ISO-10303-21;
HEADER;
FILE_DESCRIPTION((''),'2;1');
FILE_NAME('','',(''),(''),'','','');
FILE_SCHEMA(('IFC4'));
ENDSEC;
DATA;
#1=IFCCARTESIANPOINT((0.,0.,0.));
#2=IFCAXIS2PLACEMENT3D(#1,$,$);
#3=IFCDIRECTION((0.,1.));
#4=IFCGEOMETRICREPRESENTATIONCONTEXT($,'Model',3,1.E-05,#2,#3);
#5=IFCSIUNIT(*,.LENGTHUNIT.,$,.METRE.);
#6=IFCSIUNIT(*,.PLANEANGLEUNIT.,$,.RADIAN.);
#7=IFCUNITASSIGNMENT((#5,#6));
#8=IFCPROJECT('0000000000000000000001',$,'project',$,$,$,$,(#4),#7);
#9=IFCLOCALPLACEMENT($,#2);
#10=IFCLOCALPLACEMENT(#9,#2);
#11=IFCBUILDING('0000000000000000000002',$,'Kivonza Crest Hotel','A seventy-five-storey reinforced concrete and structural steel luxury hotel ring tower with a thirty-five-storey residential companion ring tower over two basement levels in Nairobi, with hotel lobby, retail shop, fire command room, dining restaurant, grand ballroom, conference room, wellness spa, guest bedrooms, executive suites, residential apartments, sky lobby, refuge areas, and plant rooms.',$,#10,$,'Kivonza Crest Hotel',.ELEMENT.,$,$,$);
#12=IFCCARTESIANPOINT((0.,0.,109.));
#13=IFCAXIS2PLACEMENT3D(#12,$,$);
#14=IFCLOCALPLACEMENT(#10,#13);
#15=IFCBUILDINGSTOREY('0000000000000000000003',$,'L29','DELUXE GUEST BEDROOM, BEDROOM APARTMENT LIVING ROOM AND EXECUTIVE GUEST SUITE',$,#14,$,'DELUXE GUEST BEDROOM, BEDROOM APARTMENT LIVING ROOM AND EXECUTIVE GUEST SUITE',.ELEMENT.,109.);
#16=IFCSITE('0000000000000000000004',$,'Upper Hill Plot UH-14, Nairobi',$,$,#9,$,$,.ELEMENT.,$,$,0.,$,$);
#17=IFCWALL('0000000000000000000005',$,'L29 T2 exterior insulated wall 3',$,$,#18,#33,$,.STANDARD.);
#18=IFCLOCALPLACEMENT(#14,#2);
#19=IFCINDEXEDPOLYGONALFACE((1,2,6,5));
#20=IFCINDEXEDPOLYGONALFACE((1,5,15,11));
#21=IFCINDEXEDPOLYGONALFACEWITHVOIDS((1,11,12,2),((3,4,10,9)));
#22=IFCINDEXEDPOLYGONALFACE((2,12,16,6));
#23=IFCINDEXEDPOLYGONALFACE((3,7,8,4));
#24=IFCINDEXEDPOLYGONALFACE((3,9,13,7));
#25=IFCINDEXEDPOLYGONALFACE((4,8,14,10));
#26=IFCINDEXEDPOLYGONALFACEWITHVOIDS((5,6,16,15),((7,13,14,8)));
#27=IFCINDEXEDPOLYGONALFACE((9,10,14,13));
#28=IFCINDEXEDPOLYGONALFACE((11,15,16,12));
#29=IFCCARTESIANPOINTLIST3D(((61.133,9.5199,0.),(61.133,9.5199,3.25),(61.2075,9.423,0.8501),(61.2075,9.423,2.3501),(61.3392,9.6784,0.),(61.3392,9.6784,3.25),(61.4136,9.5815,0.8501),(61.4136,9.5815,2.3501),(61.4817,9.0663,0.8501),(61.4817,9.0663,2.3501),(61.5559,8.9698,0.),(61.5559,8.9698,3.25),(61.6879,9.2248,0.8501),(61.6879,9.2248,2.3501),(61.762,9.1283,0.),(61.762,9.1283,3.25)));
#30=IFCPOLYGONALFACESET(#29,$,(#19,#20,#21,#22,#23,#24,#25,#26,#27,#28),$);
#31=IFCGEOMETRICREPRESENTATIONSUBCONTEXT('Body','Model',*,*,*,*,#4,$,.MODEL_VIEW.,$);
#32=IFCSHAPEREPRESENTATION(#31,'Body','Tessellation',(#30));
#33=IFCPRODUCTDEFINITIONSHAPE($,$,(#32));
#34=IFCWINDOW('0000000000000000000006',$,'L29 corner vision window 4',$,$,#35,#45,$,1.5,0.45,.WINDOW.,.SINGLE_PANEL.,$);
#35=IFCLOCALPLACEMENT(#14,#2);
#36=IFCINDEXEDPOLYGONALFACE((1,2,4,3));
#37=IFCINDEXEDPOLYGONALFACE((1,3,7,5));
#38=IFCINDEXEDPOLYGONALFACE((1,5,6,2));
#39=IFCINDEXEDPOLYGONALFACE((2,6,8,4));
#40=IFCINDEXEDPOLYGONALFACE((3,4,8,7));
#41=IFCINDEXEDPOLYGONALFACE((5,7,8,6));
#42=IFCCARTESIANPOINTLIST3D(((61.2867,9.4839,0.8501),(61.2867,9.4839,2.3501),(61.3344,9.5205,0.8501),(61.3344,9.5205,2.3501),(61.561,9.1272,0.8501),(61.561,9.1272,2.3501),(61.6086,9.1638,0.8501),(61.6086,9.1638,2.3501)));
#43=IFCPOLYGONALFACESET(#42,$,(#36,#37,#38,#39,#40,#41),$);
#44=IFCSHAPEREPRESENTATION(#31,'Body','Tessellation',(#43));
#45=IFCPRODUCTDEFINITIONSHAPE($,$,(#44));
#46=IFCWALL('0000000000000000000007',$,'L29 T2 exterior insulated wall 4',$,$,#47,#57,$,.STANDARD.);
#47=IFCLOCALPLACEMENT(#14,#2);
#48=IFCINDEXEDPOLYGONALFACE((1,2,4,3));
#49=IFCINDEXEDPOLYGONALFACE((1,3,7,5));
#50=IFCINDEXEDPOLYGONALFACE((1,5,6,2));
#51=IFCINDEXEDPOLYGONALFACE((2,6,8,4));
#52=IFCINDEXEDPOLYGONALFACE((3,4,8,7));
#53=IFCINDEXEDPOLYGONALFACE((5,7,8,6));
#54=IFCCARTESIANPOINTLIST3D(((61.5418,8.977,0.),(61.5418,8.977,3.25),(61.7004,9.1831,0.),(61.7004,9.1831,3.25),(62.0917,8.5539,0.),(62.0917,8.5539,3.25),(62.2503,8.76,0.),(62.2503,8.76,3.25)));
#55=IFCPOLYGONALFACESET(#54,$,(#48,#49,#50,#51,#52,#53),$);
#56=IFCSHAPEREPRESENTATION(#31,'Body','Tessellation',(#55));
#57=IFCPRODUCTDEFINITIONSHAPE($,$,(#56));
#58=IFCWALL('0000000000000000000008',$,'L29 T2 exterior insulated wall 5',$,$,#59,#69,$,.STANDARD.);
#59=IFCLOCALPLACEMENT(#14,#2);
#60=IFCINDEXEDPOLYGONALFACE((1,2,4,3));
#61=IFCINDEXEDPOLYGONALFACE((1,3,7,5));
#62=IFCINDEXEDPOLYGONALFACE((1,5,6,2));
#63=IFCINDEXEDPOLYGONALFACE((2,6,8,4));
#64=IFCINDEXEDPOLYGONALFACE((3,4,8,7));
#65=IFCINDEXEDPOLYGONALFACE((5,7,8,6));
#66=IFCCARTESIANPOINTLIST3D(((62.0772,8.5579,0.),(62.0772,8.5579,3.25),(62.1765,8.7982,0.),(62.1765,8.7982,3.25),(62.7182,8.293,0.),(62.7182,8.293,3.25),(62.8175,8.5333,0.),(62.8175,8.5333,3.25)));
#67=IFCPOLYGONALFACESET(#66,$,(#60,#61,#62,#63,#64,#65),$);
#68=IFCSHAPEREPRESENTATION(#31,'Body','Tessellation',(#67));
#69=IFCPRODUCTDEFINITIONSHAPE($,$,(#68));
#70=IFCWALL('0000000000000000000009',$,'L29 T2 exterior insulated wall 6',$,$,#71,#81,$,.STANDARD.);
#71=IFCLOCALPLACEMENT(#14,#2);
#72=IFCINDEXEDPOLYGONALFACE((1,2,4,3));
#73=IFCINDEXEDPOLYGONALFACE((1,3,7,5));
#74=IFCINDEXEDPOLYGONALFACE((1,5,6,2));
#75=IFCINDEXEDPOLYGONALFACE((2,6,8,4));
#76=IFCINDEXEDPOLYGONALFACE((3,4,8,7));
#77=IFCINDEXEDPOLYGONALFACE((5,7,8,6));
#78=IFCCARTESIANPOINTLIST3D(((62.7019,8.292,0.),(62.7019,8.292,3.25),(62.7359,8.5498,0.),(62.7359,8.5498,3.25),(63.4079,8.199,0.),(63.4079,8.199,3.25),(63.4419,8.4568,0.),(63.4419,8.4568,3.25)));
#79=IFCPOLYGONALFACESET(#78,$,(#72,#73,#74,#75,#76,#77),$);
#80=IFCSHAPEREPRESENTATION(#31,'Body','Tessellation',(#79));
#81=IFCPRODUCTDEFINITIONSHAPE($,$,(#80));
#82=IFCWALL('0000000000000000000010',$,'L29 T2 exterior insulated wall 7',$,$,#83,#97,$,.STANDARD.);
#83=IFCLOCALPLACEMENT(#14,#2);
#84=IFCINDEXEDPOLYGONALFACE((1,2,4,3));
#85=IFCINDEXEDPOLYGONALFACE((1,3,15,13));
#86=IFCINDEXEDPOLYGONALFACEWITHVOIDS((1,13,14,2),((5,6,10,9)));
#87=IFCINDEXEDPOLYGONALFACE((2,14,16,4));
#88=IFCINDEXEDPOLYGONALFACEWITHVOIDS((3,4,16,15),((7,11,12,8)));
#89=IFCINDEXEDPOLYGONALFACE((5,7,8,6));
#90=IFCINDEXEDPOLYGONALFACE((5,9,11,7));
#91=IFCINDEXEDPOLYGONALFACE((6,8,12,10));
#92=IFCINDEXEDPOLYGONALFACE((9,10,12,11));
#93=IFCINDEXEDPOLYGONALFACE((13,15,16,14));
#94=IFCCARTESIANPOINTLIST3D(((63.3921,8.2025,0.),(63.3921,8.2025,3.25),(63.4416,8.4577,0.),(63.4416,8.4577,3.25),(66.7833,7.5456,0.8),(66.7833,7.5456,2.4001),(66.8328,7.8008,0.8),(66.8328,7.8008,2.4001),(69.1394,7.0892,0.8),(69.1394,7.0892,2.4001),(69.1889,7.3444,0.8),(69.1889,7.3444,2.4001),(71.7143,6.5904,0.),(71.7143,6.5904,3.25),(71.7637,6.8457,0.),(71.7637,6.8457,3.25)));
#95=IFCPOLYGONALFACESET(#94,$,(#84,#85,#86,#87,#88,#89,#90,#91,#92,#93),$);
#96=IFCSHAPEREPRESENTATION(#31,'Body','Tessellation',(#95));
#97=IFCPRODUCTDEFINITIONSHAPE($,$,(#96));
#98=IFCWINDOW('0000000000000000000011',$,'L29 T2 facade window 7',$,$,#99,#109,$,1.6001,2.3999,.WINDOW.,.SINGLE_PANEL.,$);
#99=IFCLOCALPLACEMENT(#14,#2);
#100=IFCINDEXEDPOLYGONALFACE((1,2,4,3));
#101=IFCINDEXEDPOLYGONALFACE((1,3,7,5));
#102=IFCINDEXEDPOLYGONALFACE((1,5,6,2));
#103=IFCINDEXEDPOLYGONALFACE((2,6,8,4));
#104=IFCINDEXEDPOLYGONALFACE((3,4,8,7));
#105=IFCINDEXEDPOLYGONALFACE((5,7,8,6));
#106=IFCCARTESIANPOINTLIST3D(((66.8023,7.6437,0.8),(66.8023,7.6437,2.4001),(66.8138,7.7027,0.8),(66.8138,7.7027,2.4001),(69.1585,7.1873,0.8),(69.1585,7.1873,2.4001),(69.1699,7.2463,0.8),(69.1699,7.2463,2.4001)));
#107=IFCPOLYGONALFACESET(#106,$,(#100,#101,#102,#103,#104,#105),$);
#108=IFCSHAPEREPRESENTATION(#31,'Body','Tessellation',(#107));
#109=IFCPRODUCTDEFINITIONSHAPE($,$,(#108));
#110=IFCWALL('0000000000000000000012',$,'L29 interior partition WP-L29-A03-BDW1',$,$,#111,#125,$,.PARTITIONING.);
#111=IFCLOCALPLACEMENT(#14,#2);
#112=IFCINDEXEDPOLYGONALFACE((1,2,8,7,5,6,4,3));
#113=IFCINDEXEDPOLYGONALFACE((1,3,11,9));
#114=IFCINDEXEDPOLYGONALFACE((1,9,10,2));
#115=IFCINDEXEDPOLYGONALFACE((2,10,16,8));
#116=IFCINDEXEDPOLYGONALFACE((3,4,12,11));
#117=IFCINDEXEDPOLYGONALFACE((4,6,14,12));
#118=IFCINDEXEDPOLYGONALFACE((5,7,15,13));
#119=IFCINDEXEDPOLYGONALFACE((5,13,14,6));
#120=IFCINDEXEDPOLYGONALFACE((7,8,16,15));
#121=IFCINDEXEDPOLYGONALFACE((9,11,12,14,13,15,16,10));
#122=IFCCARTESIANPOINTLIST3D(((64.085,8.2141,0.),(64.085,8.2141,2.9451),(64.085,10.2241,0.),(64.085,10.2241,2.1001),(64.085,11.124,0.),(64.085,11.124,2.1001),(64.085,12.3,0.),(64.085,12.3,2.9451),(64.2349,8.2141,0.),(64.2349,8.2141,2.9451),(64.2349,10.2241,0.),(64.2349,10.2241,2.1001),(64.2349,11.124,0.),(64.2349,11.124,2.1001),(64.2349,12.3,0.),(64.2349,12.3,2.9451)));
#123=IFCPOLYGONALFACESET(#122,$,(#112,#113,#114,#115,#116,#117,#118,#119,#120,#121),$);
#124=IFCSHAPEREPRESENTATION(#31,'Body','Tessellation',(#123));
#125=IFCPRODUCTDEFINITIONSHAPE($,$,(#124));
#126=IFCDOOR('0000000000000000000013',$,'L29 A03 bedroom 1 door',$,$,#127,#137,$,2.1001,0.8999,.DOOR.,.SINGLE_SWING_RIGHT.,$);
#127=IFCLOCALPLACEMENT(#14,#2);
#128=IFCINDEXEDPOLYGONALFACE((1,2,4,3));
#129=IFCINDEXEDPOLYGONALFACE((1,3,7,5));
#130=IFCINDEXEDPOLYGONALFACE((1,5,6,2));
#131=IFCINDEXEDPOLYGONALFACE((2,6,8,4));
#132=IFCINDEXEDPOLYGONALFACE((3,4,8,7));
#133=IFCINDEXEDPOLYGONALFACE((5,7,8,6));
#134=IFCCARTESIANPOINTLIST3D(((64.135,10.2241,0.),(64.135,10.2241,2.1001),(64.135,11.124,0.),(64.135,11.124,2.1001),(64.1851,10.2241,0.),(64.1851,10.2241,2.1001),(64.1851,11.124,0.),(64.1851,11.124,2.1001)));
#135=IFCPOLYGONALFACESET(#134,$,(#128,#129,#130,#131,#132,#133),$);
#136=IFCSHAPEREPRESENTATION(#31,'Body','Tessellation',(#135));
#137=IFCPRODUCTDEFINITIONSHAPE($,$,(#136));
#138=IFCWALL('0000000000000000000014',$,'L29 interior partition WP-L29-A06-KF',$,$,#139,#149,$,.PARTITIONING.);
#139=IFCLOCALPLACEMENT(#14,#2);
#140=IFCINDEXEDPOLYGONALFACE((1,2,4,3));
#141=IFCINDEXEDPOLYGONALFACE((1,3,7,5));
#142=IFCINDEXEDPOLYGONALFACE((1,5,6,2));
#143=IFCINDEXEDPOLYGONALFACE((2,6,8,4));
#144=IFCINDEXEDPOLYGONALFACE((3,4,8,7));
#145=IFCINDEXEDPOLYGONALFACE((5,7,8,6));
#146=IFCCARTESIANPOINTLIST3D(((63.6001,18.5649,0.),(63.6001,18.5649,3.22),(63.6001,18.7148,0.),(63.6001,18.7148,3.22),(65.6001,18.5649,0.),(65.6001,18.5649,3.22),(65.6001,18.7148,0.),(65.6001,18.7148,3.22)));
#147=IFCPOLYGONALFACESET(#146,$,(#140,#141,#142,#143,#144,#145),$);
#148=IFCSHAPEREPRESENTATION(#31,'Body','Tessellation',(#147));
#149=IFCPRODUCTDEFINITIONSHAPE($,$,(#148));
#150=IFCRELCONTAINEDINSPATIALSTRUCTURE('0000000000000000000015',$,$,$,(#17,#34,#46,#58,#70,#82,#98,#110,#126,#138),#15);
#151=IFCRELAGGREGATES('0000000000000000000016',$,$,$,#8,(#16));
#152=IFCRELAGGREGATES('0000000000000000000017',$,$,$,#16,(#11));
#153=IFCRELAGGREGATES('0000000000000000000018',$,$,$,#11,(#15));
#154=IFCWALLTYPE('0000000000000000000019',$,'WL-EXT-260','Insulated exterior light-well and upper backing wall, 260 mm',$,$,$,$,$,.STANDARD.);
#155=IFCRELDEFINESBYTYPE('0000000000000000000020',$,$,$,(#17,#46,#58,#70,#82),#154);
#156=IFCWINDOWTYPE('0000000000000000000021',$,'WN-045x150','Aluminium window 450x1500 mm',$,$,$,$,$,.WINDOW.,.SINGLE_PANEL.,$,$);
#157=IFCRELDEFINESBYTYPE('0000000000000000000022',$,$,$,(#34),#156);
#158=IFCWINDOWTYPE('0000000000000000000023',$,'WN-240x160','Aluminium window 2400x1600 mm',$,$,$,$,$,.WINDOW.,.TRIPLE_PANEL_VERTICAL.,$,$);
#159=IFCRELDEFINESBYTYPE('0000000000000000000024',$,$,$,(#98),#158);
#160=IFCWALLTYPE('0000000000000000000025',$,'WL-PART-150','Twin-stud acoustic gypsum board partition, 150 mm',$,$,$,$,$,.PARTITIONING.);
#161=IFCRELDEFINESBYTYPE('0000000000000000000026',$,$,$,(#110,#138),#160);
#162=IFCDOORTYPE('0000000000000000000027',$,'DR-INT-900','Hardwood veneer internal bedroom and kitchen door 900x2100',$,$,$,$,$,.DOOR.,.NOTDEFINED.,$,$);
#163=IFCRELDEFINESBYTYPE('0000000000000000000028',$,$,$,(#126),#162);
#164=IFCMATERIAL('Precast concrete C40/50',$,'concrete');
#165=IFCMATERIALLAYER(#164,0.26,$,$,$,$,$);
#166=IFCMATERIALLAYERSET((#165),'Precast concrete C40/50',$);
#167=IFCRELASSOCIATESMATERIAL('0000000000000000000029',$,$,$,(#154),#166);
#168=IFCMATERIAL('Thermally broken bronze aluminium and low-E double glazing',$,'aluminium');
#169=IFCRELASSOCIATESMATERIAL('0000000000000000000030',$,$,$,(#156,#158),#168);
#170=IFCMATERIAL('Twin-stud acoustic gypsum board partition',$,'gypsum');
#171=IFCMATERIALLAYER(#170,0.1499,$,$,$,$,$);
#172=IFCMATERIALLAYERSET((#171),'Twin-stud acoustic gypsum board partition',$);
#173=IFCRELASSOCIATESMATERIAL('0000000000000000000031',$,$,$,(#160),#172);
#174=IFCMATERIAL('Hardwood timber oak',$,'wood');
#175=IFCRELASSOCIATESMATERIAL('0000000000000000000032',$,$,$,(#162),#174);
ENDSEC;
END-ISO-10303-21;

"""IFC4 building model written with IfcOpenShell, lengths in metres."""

from ifc_helpers import new_model, si_unit, direction, frame, frame_2d, origin, place, context, subcontext, project, spatial, rectangle, extrude, material, layer, layer_set, type_object, element, fill, save


model = new_model("IFC4")

# Units and contexts
model_context = context("Model", 3, precision=1e-05, world=origin(), true_north=direction((0.0, 1.0)))
body_context = subcontext(model_context, "Body", "Model", "MODEL_VIEW")
ifc_project = project(units=[si_unit("LENGTHUNIT", "METRE"), si_unit("PLANEANGLEUNIT", "RADIAN")], contexts=[model_context])

# Site, building, storey
site_placement = place(None, origin())
site = spatial("IfcSite", under=ifc_project, at=site_placement, Name="Upper Hill Plot UH-14, Nairobi", CompositionType="ELEMENT", RefElevation=0.0)
building_placement = place(site_placement, origin())
building = spatial("IfcBuilding", under=site, at=building_placement, Name="Kivonza Crest Hotel", Description="A seventy-five-storey reinforced concrete and structural steel luxury hotel ring tower with a thirty-five-storey residential companion ring tower over two basement levels in Nairobi, with hotel lobby, retail shop, fire command room, dining restaurant, grand ballroom, conference room, wellness spa, guest bedrooms, executive suites, residential apartments, sky lobby, refuge areas, and plant rooms.", LongName="Kivonza Crest Hotel", CompositionType="ELEMENT")
storey_placement = place(building_placement, frame((0.0, 0.0, 109.0)))
storey = spatial("IfcBuildingStorey", under=building, at=storey_placement, Name="L29", Description="DELUXE GUEST BEDROOM, BEDROOM APARTMENT LIVING ROOM AND EXECUTIVE GUEST SUITE", LongName="DELUXE GUEST BEDROOM, BEDROOM APARTMENT LIVING ROOM AND EXECUTIVE GUEST SUITE", CompositionType="ELEMENT", Elevation=109.0)

# Shared definitions
ifc_material_1 = material(Name="Precast concrete C40/50", Category="concrete")
ifc_layer_1 = layer(ifc_material_1, 0.26)
ifc_layer_set_1 = layer_set([ifc_layer_1], Name="Precast concrete C40/50")
wall_type_1 = type_object("IfcWallType", Name="WL-EXT-260", Description="Insulated exterior light-well and upper backing wall, 260 mm", PredefinedType="STANDARD", material=ifc_layer_set_1)

# Wall, opening, window
wall_1_placement = place(storey_placement, frame((61.2361, 9.5991, 0.0), z_axis=(0.0, 0.0, 1.0), x_axis=(0.609473, -0.792807, 0.0)))
wall_1 = element("IfcWall", 1, at=wall_1_placement, inside=storey, type_object=wall_type_1, Name="L29 T2 exterior insulated wall 3", PredefinedType="STANDARD", context=body_context, shape_type="SweptSolid", body=[
    extrude(rectangle(XDim=0.6938, YDim=0.26, at=frame_2d((0.3469, 0.0))), origin(), (0.0, 0.0, 1.0), 3.25),
])
opening_1_placement = place(wall_1_placement, frame((0.1221, 0.0, 0.8501)))
opening_1 = element("IfcOpeningElement", 2, at=opening_1_placement, cuts=wall_1, PredefinedType="OPENING", context=body_context, shape_type="SweptSolid", body=[
    extrude(rectangle(XDim=0.45, YDim=1.5, at=frame_2d((0.2251, 0.75))), frame((0.0, 0.1401, 0.0), z_axis=(0.0, -1.0, 0.0), x_axis=(1.0, 0.0, 0.0)), (0.0, 0.0, 1.0), 0.28),
])
ifc_material_2 = material(Name="Thermally broken bronze aluminium and low-E double glazing", Category="aluminium")
window_type_1 = type_object("IfcWindowType", Name="WN-045x150", Description="Aluminium window 450x1500 mm", PartitioningType="SINGLE_PANEL", PredefinedType="WINDOW", material=ifc_material_2)
window_1_placement = place(opening_1_placement, origin())
window_1 = element("IfcWindow", 3, at=window_1_placement, inside=storey, type_object=window_type_1, Name="L29 corner vision window 4", OverallHeight=1.5, OverallWidth=0.45, PartitioningType="SINGLE_PANEL", PredefinedType="WINDOW", context=body_context, shape_type="SweptSolid", body=[
    extrude(rectangle(XDim=0.45, YDim=1.5, at=frame_2d((0.2251, 0.75))), frame((0.0, 0.03, 0.0), z_axis=(0.0, -1.0, 0.0), x_axis=(1.0, 0.0, 0.0)), (0.0, 0.0, 1.0), 0.0601),
])
fill(opening_1, window_1)

# Walls
wall_2_placement = place(storey_placement, frame((61.6211, 9.0801, 0.0), z_axis=(0.0, 0.0, 1.0), x_axis=(0.792506, -0.609864, 0.0)))
element("IfcWall", 4, at=wall_2_placement, inside=storey, type_object=wall_type_1, Name="L29 T2 exterior insulated wall 4", PredefinedType="STANDARD", context=body_context, shape_type="SweptSolid", body=[
    extrude(rectangle(XDim=0.6938, YDim=0.26, at=frame_2d((0.3469, 0.0))), origin(), (0.0, 0.0, 1.0), 3.25),
])
wall_3_placement = place(storey_placement, frame((62.127, 8.678, 0.0), z_axis=(0.0, 0.0, 1.0), x_axis=(0.924218, -0.381865, 0.0)))
element("IfcWall", 5, at=wall_3_placement, inside=storey, type_object=wall_type_1, Name="L29 T2 exterior insulated wall 5", PredefinedType="STANDARD", context=body_context, shape_type="SweptSolid", body=[
    extrude(rectangle(XDim=0.6936, YDim=0.26, at=frame_2d((0.3467, 0.0))), origin(), (0.0, 0.0, 1.0), 3.25),
])
wall_4_placement = place(storey_placement, frame((62.719, 8.4209, 0.0), z_axis=(0.0, 0.0, 1.0), x_axis=(0.991433, -0.130614, 0.0)))
element("IfcWall", 6, at=wall_4_placement, inside=storey, type_object=wall_type_1, Name="L29 T2 exterior insulated wall 6", PredefinedType="STANDARD", context=body_context, shape_type="SweptSolid", body=[
    extrude(rectangle(XDim=0.7122, YDim=0.26, at=frame_2d((0.356, 0.0))), origin(), (0.0, 0.0, 1.0), 3.25),
])

# Wall, opening, window
wall_5_placement = place(storey_placement, frame((63.417, 8.3301, 0.0), z_axis=(0.0, 0.0, 1.0), x_axis=(0.98175, -0.190175, 0.0)))
wall_5 = element("IfcWall", 7, at=wall_5_placement, inside=storey, type_object=wall_type_1, Name="L29 T2 exterior insulated wall 7", PredefinedType="STANDARD", context=body_context, shape_type="SweptSolid", body=[
    extrude(rectangle(XDim=8.4768, YDim=0.26, at=frame_2d((4.2383, 0.0))), origin(), (0.0, 0.0, 1.0), 3.25),
])
opening_2_placement = place(wall_5_placement, frame((3.4541, 0.0, 0.8)))
opening_2 = element("IfcOpeningElement", 8, at=opening_2_placement, cuts=wall_5, PredefinedType="OPENING", context=body_context, shape_type="SweptSolid", body=[
    extrude(rectangle(XDim=2.3999, YDim=1.6001, at=frame_2d((1.2, 0.8))), frame((0.0, 0.1401, 0.0), z_axis=(0.0, -1.0, 0.0), x_axis=(1.0, 0.0, 0.0)), (0.0, 0.0, 1.0), 0.28),
])
window_type_2 = type_object("IfcWindowType", Name="WN-240x160", Description="Aluminium window 2400x1600 mm", PartitioningType="TRIPLE_PANEL_VERTICAL", PredefinedType="WINDOW", material=ifc_material_2)
window_2_placement = place(opening_2_placement, origin())
window_2 = element("IfcWindow", 9, at=window_2_placement, inside=storey, type_object=window_type_2, Name="L29 T2 facade window 7", OverallHeight=1.6001, OverallWidth=2.3999, PartitioningType="SINGLE_PANEL", PredefinedType="WINDOW", context=body_context, shape_type="SweptSolid", body=[
    extrude(rectangle(XDim=2.3999, YDim=1.6001, at=frame_2d((1.2, 0.8))), frame((0.0, 0.03, 0.0), z_axis=(0.0, -1.0, 0.0), x_axis=(1.0, 0.0, 0.0)), (0.0, 0.0, 1.0), 0.0601),
])
fill(opening_2, window_2)

# Wall, opening, door
ifc_material_3 = material(Name="Twin-stud acoustic gypsum board partition", Category="gypsum")
ifc_layer_2 = layer(ifc_material_3, 0.1499)
ifc_layer_set_2 = layer_set([ifc_layer_2], Name="Twin-stud acoustic gypsum board partition")
wall_type_2 = type_object("IfcWallType", Name="WL-PART-150", Description="Twin-stud acoustic gypsum board partition, 150 mm", PredefinedType="PARTITIONING", material=ifc_layer_set_2)
wall_6_placement = place(storey_placement, frame((64.1599, 8.2141, 0.0), z_axis=(0.0, 0.0, 1.0), x_axis=(0.0, 1.0, 0.0)))
wall_6 = element("IfcWall", 10, at=wall_6_placement, inside=storey, type_object=wall_type_2, Name="L29 interior partition WP-L29-A03-BDW1", PredefinedType="PARTITIONING", context=body_context, shape_type="SweptSolid", body=[
    extrude(rectangle(XDim=4.0859, YDim=0.1499, at=frame_2d((2.043, 0.0))), origin(), (0.0, 0.0, 1.0), 2.9451),
])
opening_3_placement = place(wall_6_placement, frame((2.01, 0.0, 0.0)))
opening_3 = element("IfcOpeningElement", 11, at=opening_3_placement, cuts=wall_6, PredefinedType="OPENING", context=body_context, shape_type="SweptSolid", body=[
    extrude(rectangle(XDim=0.8999, YDim=2.1001, at=frame_2d((0.45, 1.05))), frame((0.0, 0.085, 0.0), z_axis=(0.0, -1.0, 0.0), x_axis=(1.0, 0.0, 0.0)), (0.0, 0.0, 1.0), 0.1699),
])
ifc_material_4 = material(Name="Hardwood timber oak", Category="wood")
door_type_1 = type_object("IfcDoorType", Name="DR-INT-900", Description="Hardwood veneer internal bedroom and kitchen door 900x2100", OperationType="NOTDEFINED", PredefinedType="DOOR", material=ifc_material_4)
door_1_placement = place(opening_3_placement, origin())
door_1 = element("IfcDoor", 12, at=door_1_placement, inside=storey, type_object=door_type_1, Name="L29 A03 bedroom 1 door", OperationType="SINGLE_SWING_RIGHT", OverallHeight=2.1001, OverallWidth=0.8999, PredefinedType="DOOR", context=body_context, shape_type="SweptSolid", body=[
    extrude(rectangle(XDim=0.8999, YDim=2.1001, at=frame_2d((0.45, 1.05))), frame((0.0, 0.0249, 0.0), z_axis=(0.0, -1.0, 0.0), x_axis=(1.0, 0.0, 0.0)), (0.0, 0.0, 1.0), 0.05),
])
fill(opening_3, door_1)

# Wall
wall_7_placement = place(storey_placement, frame((63.6001, 18.6399, 0.0), z_axis=(0.0, 0.0, 1.0), x_axis=(1.0, 0.0, 0.0)))
element("IfcWall", 13, at=wall_7_placement, inside=storey, type_object=wall_type_2, Name="L29 interior partition WP-L29-A06-KF", PredefinedType="PARTITIONING", context=body_context, shape_type="SweptSolid", body=[
    extrude(rectangle(XDim=2.0, YDim=0.1499, at=frame_2d((1.0, 0.0))), origin(), (0.0, 0.0, 1.0), 3.22),
])

save(model, "model.ifc")
